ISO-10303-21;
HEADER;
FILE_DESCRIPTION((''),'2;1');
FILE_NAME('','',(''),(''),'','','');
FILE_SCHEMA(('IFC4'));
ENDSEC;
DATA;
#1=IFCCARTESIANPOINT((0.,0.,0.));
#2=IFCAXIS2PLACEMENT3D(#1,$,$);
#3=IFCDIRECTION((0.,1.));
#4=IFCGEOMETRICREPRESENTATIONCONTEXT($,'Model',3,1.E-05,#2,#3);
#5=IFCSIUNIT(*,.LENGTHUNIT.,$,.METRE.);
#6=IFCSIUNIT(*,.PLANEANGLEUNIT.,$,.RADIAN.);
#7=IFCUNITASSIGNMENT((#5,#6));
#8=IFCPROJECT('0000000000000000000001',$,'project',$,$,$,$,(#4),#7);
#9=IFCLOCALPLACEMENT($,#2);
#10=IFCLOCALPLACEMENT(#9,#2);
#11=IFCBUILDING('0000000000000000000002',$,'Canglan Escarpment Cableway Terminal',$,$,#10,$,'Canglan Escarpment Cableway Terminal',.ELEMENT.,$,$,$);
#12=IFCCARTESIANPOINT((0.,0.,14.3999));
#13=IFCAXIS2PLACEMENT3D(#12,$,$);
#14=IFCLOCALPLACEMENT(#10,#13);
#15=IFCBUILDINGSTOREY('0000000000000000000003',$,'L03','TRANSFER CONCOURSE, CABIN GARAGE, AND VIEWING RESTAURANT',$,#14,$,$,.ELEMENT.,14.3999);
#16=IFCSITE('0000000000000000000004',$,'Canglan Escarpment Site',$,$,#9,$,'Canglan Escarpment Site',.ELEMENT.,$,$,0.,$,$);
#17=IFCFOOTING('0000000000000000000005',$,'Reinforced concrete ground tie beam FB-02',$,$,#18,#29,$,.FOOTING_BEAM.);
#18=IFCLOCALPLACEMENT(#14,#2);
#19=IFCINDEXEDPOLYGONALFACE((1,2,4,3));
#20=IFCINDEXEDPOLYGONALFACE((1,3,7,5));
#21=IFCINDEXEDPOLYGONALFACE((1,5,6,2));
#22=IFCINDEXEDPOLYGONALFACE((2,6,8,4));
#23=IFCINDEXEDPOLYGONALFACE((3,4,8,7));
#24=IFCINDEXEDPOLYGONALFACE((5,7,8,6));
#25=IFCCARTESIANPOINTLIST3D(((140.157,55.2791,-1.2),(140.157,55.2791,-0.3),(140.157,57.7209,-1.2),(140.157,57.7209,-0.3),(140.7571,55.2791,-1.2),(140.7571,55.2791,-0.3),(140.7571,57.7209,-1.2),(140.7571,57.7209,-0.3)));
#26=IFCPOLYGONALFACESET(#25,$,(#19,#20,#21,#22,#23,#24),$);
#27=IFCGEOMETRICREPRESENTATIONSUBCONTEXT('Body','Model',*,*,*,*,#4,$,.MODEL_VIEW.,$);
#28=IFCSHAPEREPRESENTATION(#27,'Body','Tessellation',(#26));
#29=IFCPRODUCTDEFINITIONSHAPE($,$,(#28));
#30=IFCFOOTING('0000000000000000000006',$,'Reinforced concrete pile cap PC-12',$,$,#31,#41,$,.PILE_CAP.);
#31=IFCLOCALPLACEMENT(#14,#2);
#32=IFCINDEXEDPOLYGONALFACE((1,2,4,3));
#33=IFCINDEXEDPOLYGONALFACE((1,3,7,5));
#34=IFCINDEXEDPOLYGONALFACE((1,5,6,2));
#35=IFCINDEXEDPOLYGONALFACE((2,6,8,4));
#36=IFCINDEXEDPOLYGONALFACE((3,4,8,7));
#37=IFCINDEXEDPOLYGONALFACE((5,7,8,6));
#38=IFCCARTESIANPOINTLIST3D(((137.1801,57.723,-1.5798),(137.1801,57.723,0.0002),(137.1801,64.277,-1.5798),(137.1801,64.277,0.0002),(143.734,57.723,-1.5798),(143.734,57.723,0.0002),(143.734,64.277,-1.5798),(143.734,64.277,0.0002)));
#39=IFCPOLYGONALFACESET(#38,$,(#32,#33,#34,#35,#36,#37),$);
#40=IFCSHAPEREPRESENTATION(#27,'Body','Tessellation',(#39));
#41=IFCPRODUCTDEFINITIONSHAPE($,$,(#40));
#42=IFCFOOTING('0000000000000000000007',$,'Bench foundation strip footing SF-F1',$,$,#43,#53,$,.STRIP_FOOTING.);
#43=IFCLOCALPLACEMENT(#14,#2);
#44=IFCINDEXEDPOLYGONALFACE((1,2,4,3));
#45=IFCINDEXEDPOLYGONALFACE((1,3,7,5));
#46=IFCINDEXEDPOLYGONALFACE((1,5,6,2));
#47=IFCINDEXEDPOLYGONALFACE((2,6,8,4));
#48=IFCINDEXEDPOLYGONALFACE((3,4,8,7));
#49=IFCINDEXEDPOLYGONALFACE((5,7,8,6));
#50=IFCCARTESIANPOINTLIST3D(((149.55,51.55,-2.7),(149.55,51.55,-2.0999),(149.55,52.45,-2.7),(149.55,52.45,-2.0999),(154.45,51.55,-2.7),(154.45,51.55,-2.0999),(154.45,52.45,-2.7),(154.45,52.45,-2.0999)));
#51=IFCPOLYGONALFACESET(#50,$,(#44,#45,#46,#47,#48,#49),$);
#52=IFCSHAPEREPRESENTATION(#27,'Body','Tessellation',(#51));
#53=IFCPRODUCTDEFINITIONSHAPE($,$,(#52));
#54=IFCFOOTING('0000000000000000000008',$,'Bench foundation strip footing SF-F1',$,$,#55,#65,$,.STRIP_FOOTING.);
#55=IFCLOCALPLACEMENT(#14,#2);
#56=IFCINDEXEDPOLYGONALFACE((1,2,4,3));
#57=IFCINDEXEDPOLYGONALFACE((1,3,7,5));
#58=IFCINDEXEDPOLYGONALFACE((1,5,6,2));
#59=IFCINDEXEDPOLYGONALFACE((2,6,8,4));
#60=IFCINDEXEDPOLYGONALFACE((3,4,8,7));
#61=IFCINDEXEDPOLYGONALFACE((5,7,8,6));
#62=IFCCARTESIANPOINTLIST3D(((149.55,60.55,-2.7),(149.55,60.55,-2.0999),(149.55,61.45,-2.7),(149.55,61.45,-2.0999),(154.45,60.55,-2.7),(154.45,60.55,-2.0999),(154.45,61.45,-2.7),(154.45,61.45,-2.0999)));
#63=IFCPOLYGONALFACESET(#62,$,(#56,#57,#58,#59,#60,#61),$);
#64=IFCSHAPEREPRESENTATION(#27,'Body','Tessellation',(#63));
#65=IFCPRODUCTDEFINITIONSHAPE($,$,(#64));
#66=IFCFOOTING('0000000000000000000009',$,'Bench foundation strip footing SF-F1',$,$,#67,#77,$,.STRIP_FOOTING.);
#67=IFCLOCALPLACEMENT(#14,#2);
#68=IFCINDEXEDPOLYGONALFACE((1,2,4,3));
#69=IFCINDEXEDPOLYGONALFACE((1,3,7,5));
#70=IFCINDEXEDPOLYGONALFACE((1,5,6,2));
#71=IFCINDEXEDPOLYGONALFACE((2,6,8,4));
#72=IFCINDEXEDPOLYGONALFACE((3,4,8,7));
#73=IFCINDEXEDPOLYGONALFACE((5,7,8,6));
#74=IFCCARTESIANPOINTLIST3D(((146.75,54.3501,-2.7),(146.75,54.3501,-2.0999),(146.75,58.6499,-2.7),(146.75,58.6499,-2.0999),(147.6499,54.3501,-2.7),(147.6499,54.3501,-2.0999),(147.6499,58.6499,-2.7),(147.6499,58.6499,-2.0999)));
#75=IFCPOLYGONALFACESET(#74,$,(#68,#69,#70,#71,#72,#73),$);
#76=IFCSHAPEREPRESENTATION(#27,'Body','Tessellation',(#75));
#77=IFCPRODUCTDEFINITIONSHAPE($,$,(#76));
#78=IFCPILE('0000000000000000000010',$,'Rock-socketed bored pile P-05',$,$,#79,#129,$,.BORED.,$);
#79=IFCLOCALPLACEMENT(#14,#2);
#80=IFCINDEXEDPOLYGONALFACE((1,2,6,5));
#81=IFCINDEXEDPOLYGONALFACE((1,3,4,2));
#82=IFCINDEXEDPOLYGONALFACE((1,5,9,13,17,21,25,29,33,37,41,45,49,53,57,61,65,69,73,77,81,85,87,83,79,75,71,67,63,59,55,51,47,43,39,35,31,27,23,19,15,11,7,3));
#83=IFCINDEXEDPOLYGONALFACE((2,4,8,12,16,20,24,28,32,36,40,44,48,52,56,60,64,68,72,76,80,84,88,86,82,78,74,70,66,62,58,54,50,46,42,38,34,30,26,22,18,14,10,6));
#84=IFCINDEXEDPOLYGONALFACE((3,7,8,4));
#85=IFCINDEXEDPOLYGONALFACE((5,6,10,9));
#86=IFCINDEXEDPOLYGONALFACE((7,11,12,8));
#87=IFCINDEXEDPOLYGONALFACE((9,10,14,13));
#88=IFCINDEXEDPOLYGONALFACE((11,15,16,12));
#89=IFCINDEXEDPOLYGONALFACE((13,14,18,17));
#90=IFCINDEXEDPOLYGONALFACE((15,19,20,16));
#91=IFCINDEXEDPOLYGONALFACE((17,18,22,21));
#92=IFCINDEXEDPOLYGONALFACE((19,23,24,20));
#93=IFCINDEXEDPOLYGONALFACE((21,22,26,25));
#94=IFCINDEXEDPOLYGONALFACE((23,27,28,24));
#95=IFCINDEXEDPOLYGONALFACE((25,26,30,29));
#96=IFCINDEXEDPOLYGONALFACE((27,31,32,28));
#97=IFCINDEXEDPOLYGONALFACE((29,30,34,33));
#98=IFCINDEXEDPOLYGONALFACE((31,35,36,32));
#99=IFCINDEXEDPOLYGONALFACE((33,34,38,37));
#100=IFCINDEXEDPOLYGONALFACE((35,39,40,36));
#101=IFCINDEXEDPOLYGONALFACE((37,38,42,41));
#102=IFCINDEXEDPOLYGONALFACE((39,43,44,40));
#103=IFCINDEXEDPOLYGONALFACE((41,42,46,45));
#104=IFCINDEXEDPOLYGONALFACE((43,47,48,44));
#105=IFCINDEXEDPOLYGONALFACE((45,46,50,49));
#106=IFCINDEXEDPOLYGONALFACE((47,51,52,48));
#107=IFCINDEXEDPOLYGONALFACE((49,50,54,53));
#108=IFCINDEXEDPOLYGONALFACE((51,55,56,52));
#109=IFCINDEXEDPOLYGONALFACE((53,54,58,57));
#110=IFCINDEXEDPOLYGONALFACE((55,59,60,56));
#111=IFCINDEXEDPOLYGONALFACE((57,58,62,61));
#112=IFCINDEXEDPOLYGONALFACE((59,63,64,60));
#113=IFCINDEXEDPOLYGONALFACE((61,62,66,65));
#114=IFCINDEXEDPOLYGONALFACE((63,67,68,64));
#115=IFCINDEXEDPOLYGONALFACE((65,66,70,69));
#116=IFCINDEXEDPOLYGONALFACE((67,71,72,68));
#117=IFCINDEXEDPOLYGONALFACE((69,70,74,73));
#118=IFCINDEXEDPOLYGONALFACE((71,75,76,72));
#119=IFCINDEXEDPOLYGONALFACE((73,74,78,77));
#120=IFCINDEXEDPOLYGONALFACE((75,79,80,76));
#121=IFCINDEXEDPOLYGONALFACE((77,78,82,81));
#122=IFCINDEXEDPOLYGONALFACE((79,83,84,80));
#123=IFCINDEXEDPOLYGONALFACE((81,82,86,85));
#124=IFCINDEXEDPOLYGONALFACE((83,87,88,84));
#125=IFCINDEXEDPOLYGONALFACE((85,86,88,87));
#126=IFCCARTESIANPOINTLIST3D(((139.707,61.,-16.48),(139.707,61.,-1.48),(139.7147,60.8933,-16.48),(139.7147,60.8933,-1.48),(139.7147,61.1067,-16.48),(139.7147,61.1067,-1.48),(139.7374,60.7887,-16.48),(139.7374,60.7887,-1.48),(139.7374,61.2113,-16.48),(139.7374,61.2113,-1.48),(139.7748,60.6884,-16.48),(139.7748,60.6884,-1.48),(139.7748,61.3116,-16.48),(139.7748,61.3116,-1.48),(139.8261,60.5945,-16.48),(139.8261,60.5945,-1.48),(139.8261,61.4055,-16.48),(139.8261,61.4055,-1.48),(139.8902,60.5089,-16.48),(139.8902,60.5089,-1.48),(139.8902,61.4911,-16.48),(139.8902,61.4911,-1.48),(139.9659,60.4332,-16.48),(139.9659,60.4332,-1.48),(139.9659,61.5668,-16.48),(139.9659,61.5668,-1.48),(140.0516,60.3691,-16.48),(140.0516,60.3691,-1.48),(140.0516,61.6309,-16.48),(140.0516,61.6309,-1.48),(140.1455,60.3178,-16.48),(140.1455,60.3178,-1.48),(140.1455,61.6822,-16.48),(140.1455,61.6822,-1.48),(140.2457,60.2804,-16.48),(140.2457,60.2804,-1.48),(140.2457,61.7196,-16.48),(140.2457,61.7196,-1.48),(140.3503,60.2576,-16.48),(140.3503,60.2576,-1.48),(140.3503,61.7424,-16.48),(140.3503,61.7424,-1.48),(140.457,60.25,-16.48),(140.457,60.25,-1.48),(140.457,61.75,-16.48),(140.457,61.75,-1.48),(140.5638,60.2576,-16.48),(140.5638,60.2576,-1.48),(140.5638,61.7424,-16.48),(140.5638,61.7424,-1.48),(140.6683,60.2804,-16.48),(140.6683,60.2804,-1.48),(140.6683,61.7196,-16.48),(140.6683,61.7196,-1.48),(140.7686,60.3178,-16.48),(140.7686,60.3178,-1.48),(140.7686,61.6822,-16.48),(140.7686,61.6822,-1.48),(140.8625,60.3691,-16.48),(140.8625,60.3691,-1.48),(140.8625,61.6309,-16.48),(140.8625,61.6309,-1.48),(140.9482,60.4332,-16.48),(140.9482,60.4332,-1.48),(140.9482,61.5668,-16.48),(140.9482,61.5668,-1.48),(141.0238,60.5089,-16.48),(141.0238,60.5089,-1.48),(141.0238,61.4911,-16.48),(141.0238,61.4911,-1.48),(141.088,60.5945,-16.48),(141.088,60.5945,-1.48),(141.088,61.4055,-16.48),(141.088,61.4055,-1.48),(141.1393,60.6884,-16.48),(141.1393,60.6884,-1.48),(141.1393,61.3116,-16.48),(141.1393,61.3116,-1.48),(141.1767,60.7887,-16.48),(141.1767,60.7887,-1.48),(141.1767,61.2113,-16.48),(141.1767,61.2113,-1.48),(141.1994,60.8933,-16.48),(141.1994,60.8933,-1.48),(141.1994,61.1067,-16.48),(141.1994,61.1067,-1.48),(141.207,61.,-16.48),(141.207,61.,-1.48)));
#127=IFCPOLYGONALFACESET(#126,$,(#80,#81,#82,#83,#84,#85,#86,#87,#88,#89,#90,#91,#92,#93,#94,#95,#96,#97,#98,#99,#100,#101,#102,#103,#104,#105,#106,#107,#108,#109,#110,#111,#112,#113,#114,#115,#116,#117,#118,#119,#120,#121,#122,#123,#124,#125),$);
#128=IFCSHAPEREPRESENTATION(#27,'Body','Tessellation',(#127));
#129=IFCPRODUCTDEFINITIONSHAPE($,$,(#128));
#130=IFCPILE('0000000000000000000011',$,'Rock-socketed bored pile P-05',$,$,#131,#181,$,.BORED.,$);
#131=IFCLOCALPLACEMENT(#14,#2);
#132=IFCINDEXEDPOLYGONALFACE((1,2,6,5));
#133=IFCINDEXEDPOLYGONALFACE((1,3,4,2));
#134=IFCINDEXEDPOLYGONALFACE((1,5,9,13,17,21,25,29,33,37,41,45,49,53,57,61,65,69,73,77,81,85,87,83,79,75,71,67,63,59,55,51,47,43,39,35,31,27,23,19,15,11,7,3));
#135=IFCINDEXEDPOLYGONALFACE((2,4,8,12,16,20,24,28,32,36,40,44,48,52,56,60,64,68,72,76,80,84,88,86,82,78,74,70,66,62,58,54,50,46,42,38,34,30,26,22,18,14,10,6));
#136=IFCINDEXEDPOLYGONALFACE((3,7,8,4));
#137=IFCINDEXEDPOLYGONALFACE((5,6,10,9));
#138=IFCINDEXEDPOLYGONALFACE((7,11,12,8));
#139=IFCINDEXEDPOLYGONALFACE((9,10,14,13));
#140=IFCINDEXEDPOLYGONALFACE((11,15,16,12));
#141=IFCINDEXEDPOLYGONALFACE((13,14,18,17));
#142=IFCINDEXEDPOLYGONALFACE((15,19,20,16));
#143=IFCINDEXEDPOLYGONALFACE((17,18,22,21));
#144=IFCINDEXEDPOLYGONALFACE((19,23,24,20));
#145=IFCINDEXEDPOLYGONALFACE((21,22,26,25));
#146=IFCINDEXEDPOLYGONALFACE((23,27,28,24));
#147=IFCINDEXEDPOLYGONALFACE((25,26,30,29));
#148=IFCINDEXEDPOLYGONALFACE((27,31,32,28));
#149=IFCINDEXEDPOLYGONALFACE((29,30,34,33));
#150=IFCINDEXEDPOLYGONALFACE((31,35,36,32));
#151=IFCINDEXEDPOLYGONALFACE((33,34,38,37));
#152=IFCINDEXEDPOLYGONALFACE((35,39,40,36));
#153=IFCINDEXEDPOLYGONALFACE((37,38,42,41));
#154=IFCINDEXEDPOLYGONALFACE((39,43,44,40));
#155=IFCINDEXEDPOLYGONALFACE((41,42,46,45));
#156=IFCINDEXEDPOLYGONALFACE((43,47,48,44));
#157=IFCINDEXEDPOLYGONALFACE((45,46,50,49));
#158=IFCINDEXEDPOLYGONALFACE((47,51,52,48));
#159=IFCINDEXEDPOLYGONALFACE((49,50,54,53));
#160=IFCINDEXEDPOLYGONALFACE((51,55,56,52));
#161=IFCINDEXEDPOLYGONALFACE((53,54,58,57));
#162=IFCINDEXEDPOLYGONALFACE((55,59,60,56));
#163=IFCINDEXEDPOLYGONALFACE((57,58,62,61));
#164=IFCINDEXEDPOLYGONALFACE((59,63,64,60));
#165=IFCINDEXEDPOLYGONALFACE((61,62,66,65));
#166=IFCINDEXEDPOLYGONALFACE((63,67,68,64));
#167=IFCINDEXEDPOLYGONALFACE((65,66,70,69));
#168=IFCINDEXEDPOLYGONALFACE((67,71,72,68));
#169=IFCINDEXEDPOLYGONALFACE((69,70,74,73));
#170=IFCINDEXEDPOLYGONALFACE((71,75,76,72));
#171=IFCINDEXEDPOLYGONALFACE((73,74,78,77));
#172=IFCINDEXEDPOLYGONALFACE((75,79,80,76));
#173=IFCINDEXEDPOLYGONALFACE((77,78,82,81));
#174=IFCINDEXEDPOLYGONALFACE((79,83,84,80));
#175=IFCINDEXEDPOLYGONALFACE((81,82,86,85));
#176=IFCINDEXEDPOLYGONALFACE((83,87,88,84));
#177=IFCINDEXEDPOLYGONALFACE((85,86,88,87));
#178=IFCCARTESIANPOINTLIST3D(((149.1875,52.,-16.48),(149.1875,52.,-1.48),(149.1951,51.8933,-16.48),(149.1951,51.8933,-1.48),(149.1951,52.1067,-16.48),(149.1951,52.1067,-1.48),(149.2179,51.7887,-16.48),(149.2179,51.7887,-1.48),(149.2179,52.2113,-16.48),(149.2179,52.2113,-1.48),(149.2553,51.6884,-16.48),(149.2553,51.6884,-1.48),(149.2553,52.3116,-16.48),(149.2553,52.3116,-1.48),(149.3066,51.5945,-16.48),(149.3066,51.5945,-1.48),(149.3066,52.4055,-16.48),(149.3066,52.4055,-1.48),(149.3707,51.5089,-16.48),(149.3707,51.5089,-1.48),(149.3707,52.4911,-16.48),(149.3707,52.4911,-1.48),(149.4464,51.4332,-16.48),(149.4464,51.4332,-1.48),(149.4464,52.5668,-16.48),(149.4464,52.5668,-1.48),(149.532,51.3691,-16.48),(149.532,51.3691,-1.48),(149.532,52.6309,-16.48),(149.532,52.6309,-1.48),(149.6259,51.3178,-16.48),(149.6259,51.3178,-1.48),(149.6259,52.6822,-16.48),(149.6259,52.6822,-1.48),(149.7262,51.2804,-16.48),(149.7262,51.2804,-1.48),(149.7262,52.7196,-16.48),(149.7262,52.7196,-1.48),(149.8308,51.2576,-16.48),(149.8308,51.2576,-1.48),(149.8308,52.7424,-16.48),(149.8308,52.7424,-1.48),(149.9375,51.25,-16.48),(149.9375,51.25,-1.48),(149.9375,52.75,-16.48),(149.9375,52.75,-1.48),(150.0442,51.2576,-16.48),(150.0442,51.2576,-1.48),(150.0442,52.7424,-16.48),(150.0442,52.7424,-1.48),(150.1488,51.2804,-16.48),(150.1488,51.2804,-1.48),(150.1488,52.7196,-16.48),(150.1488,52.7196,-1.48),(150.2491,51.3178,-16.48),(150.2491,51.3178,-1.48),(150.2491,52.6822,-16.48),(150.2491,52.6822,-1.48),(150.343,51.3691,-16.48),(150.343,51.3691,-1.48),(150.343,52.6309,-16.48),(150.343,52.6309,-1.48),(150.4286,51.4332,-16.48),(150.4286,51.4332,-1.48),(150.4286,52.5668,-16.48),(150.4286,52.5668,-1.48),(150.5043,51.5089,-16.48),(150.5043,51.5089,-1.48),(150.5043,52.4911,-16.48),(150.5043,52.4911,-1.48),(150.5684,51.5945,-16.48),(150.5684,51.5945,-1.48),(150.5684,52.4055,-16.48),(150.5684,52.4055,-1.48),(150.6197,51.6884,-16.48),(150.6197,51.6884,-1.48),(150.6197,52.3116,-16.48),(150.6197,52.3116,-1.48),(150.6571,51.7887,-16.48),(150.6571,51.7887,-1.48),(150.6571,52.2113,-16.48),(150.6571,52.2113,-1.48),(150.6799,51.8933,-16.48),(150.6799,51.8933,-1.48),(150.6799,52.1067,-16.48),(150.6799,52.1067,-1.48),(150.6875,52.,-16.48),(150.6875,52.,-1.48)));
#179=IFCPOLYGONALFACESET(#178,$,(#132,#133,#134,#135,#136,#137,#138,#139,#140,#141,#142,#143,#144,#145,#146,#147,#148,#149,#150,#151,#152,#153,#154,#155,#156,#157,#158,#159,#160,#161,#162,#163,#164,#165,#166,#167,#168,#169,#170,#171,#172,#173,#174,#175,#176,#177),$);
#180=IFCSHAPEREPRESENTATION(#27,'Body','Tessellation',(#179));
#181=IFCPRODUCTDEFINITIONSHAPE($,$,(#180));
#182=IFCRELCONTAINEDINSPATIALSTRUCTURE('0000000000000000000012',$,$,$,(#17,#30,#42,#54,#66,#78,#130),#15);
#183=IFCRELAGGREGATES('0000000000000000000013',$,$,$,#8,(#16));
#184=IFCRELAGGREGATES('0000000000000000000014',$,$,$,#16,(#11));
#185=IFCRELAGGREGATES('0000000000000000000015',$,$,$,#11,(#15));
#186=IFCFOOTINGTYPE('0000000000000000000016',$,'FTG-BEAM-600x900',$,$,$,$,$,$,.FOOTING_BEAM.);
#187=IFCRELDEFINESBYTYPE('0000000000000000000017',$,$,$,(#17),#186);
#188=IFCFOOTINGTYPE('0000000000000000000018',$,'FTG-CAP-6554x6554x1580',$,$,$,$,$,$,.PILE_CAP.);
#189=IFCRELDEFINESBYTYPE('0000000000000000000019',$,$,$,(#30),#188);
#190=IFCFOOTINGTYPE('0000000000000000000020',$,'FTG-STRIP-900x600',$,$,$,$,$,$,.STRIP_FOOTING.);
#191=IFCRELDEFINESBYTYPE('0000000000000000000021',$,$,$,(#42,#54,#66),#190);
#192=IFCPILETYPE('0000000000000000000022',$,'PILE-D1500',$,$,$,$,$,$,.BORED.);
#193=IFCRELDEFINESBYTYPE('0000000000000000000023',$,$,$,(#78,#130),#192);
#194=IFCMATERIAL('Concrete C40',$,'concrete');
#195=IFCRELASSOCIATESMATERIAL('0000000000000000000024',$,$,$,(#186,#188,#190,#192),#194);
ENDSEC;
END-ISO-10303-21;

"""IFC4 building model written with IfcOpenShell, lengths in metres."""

from ifc_helpers import new_model, si_unit, direction, frame, origin, origin_2d, place, context, subcontext, project, spatial, rectangle, circle, extrude, material, material_profile, profile_set, type_object, element, save


model = new_model("IFC4")

# Units and contexts
model_context = context("Model", 3, precision=1e-05, world=origin(), true_north=direction((0.0, 1.0)))
body_context = subcontext(model_context, "Body", "Model", "MODEL_VIEW")
ifc_project = project(units=[si_unit("LENGTHUNIT", "METRE"), si_unit("PLANEANGLEUNIT", "RADIAN")], contexts=[model_context])

# Site, building, storey
site_placement = place(None, origin())
site = spatial("IfcSite", under=ifc_project, at=site_placement, Name="Canglan Escarpment Site", LongName="Canglan Escarpment Site", CompositionType="ELEMENT", RefElevation=0.0)
building_placement = place(site_placement, origin())
building = spatial("IfcBuilding", under=site, at=building_placement, Name="Canglan Escarpment Cableway Terminal", LongName="Canglan Escarpment Cableway Terminal", CompositionType="ELEMENT")
storey_placement = place(building_placement, frame((0.0, 0.0, 14.3999)))
storey = spatial("IfcBuildingStorey", under=building, at=storey_placement, Name="L03", Description="TRANSFER CONCOURSE, CABIN GARAGE, AND VIEWING RESTAURANT", CompositionType="ELEMENT", Elevation=14.3999)

# Footings
ifc_material_1 = material(Name="Concrete C40", Category="concrete")
ifc_material_profile_1 = material_profile(ifc_material_1, rectangle(XDim=0.6001, YDim=0.8999, at=origin_2d()), Name="FB 600x900")
ifc_profile_set_1 = profile_set([ifc_material_profile_1], Name="Concrete C40")
footing_type_1 = type_object("IfcFootingType", Name="FTG-BEAM-600x900", PredefinedType="FOOTING_BEAM", material=ifc_profile_set_1)
footing_1_placement = place(storey_placement, frame((140.457, 55.2791, -0.75), z_axis=(0.0, 1.0, 0.0), x_axis=(-1.0, 0.0, 0.0)))
element("IfcFooting", 1, at=footing_1_placement, inside=storey, type_object=footing_type_1, Name="Reinforced concrete ground tie beam FB-02", PredefinedType="FOOTING_BEAM", context=body_context, shape_type="SweptSolid", body=[
    extrude(rectangle(XDim=0.6001, YDim=0.8999, at=origin_2d()), origin(), (0.0, 0.0, 1.0), 2.4419),
])
footing_type_2 = type_object("IfcFootingType", Name="FTG-CAP-6554x6554x1580", PredefinedType="PILE_CAP", material=ifc_material_1)
footing_2_placement = place(storey_placement, frame((140.457, 61.0, -1.5798), z_axis=(0.0, 0.0, 1.0), x_axis=(1.0, 0.0, 0.0)))
element("IfcFooting", 2, at=footing_2_placement, inside=storey, type_object=footing_type_2, Name="Reinforced concrete pile cap PC-12", PredefinedType="PILE_CAP", context=body_context, shape_type="SweptSolid", body=[
    extrude(rectangle(XDim=6.554, YDim=6.554, at=origin_2d()), origin(), (0.0, 0.0, 1.0), 1.5801),
])
ifc_material_profile_2 = material_profile(ifc_material_1, rectangle(XDim=0.8999, YDim=0.6001, at=origin_2d()), Name="SF 900x600")
ifc_profile_set_2 = profile_set([ifc_material_profile_2], Name="Concrete C40")
footing_type_3 = type_object("IfcFootingType", Name="FTG-STRIP-900x600", PredefinedType="STRIP_FOOTING", material=ifc_profile_set_2)
for number, where, z_axis, x_axis, name in (
    (3, (149.55, 52.0, -2.3999), (1.0, 0.0, 0.0), (0.0, 1.0, 0.0), "Bench foundation strip footing SF-F1"),
    (4, (149.55, 61.0, -2.3999), (1.0, 0.0, 0.0), (0.0, 1.0, 0.0), "Bench foundation strip footing SF-F1"),
):
    element("IfcFooting", number, at=place(storey_placement, frame(where, z_axis=z_axis, x_axis=x_axis)), inside=storey, type_object=footing_type_3, Name=name, PredefinedType="STRIP_FOOTING", context=body_context, shape_type="SweptSolid", body=[
        extrude(rectangle(XDim=0.8999, YDim=0.6001, at=origin_2d()), origin(), (0.0, 0.0, 1.0), 4.8999),
    ])
footing_3_placement = place(storey_placement, frame((147.2, 54.3501, -2.3999), z_axis=(0.0, 1.0, 0.0), x_axis=(-1.0, 0.0, 0.0)))
element("IfcFooting", 5, at=footing_3_placement, inside=storey, type_object=footing_type_3, Name="Bench foundation strip footing SF-F1", PredefinedType="STRIP_FOOTING", context=body_context, shape_type="SweptSolid", body=[
    extrude(rectangle(XDim=0.8999, YDim=0.6001, at=origin_2d()), origin(), (0.0, 0.0, 1.0), 4.2998),
])

# Piles
ifc_material_profile_3 = material_profile(ifc_material_1, circle(Radius=0.75, at=origin_2d()), Name="BORED PILE D1500")
ifc_profile_set_3 = profile_set([ifc_material_profile_3], Name="Concrete C40")
pile_type = type_object("IfcPileType", Name="PILE-D1500", PredefinedType="BORED", material=ifc_profile_set_3)
for number, where, z_axis, x_axis, name in (
    (6, (140.457, 61.0, -1.48), (0.0, 0.0, -1.0), (1.0, 0.0, 0.0), "Rock-socketed bored pile P-05"),
    (7, (149.9375, 52.0, -1.48), (0.0, 0.0, -1.0), (1.0, 0.0, 0.0), "Rock-socketed bored pile P-05"),
):
    element("IfcPile", number, at=place(storey_placement, frame(where, z_axis=z_axis, x_axis=x_axis)), inside=storey, type_object=pile_type, Name=name, PredefinedType="BORED", context=body_context, shape_type="SweptSolid", body=[
        extrude(circle(Radius=0.75, at=origin_2d()), origin(), (0.0, 0.0, 1.0), 15.0),
    ])

save(model, "model.ifc")
